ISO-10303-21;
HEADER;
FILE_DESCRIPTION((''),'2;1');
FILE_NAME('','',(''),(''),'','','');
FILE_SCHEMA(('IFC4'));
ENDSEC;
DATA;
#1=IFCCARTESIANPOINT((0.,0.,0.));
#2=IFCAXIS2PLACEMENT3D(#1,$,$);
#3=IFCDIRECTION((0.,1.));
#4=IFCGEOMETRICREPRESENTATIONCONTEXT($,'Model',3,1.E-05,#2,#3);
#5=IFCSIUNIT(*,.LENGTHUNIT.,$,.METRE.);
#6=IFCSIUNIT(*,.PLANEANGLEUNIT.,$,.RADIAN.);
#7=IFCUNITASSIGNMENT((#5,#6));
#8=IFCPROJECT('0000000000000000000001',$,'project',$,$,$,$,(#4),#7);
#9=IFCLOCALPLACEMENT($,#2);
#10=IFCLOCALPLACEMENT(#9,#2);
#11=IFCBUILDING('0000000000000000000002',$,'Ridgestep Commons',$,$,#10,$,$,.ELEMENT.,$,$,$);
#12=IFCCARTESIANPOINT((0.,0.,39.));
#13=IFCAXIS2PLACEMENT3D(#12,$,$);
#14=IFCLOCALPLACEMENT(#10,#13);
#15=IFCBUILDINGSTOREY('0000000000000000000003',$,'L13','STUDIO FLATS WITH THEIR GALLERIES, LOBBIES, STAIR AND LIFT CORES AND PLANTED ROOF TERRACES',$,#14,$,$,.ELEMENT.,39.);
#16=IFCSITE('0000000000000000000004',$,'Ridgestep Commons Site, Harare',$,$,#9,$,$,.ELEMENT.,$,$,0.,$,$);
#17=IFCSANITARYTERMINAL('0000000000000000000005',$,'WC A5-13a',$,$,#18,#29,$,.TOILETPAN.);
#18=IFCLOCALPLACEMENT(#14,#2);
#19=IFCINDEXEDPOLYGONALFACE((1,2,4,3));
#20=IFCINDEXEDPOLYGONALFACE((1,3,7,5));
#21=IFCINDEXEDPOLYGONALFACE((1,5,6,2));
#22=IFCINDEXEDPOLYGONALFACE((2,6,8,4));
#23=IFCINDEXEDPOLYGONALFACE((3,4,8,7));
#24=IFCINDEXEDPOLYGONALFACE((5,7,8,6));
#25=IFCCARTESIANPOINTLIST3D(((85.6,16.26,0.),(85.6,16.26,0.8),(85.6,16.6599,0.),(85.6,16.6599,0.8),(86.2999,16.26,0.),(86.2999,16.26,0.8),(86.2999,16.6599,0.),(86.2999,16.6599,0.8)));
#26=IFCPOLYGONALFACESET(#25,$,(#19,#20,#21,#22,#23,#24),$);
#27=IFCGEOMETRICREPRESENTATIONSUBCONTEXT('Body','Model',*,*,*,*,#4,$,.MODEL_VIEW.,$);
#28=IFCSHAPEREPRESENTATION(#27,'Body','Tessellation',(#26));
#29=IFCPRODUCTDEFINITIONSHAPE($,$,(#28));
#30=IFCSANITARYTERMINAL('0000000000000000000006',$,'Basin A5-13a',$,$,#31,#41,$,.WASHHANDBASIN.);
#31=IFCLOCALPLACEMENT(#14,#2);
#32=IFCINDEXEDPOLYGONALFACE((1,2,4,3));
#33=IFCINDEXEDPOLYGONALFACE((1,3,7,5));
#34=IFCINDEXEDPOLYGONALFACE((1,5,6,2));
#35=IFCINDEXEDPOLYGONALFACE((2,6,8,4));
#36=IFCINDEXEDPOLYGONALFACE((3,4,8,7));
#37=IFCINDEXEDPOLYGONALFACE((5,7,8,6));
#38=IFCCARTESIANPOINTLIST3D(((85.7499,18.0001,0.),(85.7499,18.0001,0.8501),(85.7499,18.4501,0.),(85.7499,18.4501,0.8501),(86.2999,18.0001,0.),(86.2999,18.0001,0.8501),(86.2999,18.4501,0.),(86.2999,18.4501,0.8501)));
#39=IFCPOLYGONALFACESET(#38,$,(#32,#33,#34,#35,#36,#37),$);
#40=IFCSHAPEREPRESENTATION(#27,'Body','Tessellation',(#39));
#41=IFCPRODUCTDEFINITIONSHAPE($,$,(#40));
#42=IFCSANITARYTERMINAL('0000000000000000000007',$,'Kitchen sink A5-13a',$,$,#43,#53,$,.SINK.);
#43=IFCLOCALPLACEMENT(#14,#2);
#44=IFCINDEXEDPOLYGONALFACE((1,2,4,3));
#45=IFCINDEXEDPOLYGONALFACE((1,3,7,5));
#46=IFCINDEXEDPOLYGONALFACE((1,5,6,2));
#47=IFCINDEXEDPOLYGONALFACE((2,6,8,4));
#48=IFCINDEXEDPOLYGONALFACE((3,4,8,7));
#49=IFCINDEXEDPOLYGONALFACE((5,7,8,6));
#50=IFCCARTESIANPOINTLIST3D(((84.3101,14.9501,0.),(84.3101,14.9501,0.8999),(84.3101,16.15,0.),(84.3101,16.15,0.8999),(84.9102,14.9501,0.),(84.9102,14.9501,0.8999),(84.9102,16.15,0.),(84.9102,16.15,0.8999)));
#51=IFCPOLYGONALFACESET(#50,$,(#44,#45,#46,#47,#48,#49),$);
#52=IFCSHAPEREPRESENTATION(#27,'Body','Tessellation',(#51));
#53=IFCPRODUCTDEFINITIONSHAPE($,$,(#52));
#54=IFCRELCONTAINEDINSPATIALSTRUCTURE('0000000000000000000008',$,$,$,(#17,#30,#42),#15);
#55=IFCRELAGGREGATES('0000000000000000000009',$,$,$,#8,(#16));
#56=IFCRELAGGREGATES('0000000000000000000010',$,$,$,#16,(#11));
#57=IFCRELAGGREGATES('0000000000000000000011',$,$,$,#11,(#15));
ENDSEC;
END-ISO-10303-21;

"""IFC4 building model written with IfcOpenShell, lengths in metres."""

from ifc_helpers import new_model, si_unit, direction, frame, origin, origin_2d, place, context, subcontext, project, spatial, rectangle, extrude, element, save


model = new_model("IFC4")

# Units and contexts
model_context = context("Model", 3, precision=1e-05, world=origin(), true_north=direction((0.0, 1.0)))
body_context = subcontext(model_context, "Body", "Model", "MODEL_VIEW")
ifc_project = project(units=[si_unit("LENGTHUNIT", "METRE"), si_unit("PLANEANGLEUNIT", "RADIAN")], contexts=[model_context])

# Site, building, storey
site_placement = place(None, origin())
site = spatial("IfcSite", under=ifc_project, at=site_placement, Name="Ridgestep Commons Site, Harare", CompositionType="ELEMENT", RefElevation=0.0)
building_placement = place(site_placement, origin())
building = spatial("IfcBuilding", under=site, at=building_placement, Name="Ridgestep Commons", CompositionType="ELEMENT")
storey_placement = place(building_placement, frame((0.0, 0.0, 39.0)))
storey = spatial("IfcBuildingStorey", under=building, at=storey_placement, Name="L13", Description="STUDIO FLATS WITH THEIR GALLERIES, LOBBIES, STAIR AND LIFT CORES AND PLANTED ROOF TERRACES", CompositionType="ELEMENT", Elevation=39.0)

# Sanitary terminals
sanitary_terminal_1_placement = place(storey_placement, frame((85.95, 16.46, 0.0), z_axis=(0.0, 0.0, 1.0), x_axis=(1.0, 0.0, 0.0)))
element("IfcSanitaryTerminal", 1, at=sanitary_terminal_1_placement, inside=storey, Name="WC A5-13a", PredefinedType="TOILETPAN", context=body_context, shape_type="SweptSolid", body=[
    extrude(rectangle(XDim=0.7, YDim=0.3999, at=origin_2d()), origin(), (0.0, 0.0, 1.0), 0.8),
])
sanitary_terminal_2_placement = place(storey_placement, frame((86.0249, 18.2251, 0.0), z_axis=(0.0, 0.0, 1.0), x_axis=(1.0, 0.0, 0.0)))
element("IfcSanitaryTerminal", 2, at=sanitary_terminal_2_placement, inside=storey, Name="Basin A5-13a", PredefinedType="WASHHANDBASIN", context=body_context, shape_type="SweptSolid", body=[
    extrude(rectangle(XDim=0.55, YDim=0.45, at=origin_2d()), origin(), (0.0, 0.0, 1.0), 0.8501),
])
sanitary_terminal_3_placement = place(storey_placement, frame((84.6101, 15.55, 0.0), z_axis=(0.0, 0.0, 1.0), x_axis=(1.0, 0.0, 0.0)))
element("IfcSanitaryTerminal", 3, at=sanitary_terminal_3_placement, inside=storey, Name="Kitchen sink A5-13a", PredefinedType="SINK", context=body_context, shape_type="SweptSolid", body=[
    extrude(rectangle(XDim=0.6001, YDim=1.2, at=origin_2d()), origin(), (0.0, 0.0, 1.0), 0.8999),
])

save(model, "model.ifc")
